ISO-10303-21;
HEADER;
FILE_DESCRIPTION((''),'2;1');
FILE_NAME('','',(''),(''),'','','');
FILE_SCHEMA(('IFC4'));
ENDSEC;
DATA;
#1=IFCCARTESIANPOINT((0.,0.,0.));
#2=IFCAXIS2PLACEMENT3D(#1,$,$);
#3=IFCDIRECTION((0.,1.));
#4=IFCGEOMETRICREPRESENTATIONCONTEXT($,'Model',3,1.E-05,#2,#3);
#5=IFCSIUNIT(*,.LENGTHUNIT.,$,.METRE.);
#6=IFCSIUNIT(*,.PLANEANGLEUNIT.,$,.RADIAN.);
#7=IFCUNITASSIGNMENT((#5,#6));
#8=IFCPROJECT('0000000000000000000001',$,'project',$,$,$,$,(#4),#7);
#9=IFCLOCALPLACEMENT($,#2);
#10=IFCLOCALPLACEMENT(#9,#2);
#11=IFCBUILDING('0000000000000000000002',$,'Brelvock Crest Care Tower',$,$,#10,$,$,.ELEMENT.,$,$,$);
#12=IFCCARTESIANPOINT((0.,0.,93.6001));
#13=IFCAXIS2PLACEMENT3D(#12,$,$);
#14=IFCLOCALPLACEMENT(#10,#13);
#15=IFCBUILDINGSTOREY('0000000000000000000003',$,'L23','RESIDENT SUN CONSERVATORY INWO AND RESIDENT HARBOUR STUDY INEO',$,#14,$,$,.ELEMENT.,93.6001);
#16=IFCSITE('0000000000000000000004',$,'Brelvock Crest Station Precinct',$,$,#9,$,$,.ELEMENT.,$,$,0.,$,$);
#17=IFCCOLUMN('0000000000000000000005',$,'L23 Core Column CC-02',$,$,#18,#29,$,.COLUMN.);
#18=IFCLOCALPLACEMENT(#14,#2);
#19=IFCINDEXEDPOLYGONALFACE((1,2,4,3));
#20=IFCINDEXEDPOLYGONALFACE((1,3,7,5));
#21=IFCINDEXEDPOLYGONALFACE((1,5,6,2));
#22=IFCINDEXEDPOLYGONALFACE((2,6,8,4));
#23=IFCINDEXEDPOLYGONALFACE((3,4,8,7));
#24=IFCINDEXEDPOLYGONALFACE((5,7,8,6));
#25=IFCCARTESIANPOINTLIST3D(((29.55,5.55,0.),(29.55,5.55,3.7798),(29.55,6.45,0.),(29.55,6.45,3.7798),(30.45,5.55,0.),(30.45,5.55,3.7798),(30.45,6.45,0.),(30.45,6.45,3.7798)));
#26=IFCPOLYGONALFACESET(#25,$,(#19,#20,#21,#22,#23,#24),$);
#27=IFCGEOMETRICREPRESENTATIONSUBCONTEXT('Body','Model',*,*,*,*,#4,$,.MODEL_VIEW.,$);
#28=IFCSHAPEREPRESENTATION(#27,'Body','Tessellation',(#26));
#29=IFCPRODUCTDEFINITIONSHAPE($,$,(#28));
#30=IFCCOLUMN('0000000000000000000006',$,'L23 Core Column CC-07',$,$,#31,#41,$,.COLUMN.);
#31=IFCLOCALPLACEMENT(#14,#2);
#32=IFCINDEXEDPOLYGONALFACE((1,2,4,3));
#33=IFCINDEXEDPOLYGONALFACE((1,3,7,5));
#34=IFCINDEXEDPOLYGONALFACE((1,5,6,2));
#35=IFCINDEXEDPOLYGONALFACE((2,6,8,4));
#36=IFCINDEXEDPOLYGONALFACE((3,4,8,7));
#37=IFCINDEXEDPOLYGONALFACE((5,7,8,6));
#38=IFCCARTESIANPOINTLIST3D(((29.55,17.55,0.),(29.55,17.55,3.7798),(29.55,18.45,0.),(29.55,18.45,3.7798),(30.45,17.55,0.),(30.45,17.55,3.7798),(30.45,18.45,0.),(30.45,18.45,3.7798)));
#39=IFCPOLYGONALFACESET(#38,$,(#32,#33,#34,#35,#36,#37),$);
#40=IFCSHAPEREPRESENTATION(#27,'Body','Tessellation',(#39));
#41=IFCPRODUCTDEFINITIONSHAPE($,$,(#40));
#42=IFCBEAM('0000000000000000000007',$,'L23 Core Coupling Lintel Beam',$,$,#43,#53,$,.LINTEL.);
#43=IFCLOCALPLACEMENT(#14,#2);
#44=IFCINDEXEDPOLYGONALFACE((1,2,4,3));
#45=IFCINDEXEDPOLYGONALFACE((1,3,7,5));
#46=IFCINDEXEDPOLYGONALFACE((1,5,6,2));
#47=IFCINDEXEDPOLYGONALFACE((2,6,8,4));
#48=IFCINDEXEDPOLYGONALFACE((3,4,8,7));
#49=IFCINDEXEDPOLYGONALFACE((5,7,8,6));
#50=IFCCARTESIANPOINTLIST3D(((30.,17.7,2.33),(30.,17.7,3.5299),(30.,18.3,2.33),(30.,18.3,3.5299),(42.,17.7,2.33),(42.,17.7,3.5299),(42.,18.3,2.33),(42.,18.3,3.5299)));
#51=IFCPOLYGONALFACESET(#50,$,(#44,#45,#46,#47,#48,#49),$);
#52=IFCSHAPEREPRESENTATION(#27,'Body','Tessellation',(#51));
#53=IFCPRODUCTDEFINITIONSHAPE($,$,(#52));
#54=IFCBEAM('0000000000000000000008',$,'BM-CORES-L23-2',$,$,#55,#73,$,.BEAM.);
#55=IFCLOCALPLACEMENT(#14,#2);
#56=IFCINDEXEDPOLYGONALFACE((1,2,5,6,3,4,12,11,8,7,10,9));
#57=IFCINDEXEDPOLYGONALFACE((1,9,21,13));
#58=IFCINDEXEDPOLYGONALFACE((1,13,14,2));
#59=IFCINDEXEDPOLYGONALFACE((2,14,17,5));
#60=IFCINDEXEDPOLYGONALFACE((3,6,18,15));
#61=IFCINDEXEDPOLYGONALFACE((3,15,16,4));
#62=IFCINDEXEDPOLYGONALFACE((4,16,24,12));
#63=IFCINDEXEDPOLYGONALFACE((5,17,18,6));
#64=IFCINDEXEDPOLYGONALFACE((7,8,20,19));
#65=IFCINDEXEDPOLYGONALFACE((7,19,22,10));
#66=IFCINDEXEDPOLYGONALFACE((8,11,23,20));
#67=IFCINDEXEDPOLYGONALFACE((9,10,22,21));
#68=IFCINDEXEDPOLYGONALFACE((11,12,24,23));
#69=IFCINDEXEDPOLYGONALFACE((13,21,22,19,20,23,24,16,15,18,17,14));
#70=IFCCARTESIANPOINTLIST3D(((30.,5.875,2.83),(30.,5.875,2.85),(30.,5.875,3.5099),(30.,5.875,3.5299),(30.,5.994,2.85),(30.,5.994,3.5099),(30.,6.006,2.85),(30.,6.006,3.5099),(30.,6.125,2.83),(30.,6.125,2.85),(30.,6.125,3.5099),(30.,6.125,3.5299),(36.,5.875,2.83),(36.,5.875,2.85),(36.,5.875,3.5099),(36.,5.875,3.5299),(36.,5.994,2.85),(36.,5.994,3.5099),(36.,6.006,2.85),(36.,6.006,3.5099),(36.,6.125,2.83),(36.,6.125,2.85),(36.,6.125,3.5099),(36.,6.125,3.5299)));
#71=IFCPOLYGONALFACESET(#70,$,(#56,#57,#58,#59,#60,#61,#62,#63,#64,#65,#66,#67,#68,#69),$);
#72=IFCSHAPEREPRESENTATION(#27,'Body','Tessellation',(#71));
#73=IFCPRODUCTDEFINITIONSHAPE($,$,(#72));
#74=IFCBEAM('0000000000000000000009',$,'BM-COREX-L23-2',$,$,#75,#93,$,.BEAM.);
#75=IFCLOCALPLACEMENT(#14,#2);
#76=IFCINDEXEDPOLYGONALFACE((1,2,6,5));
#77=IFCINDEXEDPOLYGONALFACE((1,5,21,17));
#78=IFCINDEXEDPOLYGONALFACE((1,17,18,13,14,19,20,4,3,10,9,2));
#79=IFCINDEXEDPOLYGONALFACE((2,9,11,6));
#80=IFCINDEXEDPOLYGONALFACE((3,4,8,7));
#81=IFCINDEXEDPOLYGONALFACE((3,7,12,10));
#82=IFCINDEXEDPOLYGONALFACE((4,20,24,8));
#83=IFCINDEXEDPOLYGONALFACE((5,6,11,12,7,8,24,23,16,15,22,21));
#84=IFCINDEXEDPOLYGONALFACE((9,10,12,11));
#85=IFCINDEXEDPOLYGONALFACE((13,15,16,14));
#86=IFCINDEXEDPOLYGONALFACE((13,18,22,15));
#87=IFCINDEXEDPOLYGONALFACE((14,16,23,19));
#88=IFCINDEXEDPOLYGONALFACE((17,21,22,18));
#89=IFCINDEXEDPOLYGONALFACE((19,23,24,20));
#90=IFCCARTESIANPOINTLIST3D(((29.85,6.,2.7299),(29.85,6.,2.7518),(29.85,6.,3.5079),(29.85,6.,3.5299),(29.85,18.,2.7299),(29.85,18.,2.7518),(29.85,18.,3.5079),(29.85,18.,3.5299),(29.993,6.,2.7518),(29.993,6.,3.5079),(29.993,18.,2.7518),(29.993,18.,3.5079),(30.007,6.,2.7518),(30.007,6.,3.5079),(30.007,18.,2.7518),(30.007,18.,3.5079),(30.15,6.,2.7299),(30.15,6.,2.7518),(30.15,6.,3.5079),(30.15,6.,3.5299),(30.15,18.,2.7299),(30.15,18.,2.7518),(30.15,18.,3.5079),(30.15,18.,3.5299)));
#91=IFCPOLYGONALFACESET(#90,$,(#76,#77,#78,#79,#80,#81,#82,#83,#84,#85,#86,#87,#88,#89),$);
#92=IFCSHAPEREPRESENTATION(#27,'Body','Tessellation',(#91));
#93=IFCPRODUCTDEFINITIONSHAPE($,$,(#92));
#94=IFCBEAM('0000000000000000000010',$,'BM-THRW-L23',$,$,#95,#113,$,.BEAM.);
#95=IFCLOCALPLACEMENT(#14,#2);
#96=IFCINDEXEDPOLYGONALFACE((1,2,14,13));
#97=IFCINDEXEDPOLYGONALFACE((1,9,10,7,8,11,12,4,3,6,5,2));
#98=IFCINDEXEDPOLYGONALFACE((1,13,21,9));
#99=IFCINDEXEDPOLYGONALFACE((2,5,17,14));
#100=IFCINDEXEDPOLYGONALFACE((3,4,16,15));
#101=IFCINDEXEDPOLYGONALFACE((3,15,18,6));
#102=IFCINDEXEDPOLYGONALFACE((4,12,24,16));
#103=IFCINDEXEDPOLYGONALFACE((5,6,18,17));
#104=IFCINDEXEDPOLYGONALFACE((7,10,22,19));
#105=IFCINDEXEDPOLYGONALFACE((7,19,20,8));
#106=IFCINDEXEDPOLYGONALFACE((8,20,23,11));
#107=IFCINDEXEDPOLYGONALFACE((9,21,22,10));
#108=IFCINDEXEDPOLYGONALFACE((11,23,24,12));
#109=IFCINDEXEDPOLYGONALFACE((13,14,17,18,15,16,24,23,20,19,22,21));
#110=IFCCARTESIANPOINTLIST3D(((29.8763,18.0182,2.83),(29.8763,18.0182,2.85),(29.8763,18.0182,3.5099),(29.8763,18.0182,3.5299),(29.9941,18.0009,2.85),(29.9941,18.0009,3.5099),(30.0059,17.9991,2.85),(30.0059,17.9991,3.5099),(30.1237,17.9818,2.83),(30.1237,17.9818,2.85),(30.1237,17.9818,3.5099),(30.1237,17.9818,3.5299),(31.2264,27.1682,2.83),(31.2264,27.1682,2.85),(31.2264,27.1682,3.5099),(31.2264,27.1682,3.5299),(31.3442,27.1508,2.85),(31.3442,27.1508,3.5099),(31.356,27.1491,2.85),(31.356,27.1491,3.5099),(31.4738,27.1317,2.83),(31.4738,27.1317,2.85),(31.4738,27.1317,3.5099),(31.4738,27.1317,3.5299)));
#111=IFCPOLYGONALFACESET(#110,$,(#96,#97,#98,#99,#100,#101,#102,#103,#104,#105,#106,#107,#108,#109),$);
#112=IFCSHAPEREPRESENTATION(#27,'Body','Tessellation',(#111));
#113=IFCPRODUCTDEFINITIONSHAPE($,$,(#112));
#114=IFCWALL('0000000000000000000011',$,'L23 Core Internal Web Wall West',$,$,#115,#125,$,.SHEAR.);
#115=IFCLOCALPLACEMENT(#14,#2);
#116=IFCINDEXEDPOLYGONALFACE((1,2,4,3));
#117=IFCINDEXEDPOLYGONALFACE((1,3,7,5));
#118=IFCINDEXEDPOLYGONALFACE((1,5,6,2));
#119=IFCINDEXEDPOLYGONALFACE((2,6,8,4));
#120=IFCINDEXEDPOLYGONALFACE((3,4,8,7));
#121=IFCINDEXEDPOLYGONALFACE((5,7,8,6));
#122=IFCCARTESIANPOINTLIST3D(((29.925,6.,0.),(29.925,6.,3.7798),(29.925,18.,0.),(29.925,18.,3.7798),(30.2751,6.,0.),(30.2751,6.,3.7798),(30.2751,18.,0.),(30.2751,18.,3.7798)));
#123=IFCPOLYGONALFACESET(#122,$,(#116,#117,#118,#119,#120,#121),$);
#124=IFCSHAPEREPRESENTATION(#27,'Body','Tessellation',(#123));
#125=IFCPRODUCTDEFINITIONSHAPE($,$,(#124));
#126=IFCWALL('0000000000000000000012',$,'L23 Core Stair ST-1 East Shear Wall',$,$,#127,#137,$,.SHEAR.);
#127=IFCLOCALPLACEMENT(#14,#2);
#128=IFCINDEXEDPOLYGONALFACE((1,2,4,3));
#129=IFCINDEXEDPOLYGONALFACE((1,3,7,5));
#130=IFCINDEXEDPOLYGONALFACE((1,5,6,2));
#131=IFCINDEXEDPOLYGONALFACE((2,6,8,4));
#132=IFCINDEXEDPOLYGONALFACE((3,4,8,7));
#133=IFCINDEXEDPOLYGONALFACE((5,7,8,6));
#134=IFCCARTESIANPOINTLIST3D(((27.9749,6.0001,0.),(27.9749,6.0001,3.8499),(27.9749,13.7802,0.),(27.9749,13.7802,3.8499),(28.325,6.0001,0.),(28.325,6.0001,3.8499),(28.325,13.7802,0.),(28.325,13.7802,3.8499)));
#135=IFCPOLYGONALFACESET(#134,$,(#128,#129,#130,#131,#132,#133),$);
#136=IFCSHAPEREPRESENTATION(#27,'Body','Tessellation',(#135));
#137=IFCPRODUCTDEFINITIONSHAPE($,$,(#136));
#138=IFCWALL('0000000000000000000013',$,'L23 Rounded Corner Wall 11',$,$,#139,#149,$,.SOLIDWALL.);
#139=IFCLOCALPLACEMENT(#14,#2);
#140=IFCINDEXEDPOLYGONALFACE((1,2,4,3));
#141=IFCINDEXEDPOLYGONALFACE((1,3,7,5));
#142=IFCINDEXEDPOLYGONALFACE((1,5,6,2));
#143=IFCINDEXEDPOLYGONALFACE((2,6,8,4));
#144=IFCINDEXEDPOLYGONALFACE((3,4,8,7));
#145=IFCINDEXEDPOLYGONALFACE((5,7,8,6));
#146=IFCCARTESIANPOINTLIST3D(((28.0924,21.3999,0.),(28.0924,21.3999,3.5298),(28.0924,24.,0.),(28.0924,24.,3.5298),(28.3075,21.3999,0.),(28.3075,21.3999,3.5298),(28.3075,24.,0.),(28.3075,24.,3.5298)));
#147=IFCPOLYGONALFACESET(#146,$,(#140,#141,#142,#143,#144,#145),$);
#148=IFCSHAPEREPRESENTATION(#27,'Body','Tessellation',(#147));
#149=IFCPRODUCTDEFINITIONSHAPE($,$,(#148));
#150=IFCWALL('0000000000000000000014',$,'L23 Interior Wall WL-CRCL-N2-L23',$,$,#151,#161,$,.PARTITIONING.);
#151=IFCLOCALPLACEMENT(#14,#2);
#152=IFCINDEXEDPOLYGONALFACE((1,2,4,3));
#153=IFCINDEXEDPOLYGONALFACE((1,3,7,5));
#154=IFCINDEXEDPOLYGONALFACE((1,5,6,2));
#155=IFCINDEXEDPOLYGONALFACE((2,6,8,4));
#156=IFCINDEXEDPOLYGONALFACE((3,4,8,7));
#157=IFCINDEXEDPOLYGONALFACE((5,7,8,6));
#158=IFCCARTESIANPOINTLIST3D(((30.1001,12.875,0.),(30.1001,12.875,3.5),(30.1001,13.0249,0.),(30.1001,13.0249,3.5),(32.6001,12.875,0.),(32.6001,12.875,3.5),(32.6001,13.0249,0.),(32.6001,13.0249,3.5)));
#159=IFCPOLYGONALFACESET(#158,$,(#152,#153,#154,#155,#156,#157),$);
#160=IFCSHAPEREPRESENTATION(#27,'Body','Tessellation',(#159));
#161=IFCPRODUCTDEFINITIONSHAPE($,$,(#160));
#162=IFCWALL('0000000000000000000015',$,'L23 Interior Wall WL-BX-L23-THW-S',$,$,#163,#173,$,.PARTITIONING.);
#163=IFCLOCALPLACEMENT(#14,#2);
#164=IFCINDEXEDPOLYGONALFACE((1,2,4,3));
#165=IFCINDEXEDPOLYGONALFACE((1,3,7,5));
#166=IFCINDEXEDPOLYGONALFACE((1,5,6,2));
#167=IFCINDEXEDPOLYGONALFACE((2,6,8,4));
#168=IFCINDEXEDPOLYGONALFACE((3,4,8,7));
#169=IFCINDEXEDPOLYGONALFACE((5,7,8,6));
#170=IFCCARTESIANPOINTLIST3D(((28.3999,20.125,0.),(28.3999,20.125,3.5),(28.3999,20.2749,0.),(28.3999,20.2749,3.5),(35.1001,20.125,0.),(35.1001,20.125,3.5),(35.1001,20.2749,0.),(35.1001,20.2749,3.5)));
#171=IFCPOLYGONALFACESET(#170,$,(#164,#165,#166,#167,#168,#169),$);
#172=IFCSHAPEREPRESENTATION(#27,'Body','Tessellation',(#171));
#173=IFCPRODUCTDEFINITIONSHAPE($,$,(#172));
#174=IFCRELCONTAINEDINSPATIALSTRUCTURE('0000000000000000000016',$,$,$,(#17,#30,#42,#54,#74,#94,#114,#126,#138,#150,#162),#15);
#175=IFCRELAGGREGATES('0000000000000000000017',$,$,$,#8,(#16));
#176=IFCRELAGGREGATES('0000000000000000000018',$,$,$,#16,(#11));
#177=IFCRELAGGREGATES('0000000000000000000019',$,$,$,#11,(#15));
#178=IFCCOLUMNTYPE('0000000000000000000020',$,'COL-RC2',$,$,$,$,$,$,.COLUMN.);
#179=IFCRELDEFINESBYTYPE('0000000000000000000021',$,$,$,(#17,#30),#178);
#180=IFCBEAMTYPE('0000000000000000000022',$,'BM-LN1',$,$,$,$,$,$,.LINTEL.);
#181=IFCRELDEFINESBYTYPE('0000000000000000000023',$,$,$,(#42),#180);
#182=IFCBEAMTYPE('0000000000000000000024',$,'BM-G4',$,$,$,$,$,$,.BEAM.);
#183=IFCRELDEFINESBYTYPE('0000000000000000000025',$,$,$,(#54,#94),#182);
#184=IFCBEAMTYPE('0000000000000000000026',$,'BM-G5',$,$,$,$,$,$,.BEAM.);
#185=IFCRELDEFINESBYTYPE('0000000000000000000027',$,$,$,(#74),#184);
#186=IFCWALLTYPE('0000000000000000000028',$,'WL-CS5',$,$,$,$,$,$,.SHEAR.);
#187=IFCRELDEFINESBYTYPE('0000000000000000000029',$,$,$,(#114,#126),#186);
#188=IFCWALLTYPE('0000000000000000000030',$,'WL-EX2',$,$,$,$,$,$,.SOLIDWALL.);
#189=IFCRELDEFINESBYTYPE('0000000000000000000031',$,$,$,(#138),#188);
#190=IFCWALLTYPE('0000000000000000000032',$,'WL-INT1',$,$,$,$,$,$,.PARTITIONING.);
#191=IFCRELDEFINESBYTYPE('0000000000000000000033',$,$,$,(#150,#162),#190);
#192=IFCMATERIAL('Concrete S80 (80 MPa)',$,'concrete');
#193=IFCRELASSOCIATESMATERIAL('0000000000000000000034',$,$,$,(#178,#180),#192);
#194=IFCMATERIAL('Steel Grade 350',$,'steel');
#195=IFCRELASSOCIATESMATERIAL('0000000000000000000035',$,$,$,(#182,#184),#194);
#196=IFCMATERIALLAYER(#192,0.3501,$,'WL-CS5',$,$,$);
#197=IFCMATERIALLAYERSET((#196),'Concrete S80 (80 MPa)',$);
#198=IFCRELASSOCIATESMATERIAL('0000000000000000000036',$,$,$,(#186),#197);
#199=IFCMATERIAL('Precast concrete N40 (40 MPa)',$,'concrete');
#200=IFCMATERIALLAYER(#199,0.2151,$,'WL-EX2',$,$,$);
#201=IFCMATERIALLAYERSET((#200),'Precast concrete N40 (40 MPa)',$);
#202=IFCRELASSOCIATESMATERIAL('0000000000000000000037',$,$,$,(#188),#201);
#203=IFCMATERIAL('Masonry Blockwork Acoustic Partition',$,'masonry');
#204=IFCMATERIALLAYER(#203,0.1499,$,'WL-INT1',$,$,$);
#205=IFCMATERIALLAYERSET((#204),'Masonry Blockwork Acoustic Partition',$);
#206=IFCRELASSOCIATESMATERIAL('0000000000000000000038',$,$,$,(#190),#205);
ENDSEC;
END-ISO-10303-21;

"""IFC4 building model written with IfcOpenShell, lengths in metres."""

from ifc_helpers import new_model, si_unit, direction, frame, frame_2d, origin, origin_2d, place, context, subcontext, project, spatial, rectangle, i_section, extrude, source, transform, mapped, material, layer, layer_set, material_profile, profile_set, type_object, element, save


model = new_model("IFC4")

# Units and contexts
model_context = context("Model", 3, precision=1e-05, world=origin(), true_north=direction((0.0, 1.0)))
body_context = subcontext(model_context, "Body", "Model", "MODEL_VIEW")
ifc_project = project(units=[si_unit("LENGTHUNIT", "METRE"), si_unit("PLANEANGLEUNIT", "RADIAN")], contexts=[model_context])

# Site, building, storey
site_placement = place(None, origin())
site = spatial("IfcSite", under=ifc_project, at=site_placement, Name="Brelvock Crest Station Precinct", CompositionType="ELEMENT", RefElevation=0.0)
building_placement = place(site_placement, origin())
building = spatial("IfcBuilding", under=site, at=building_placement, Name="Brelvock Crest Care Tower", CompositionType="ELEMENT")
storey_placement = place(building_placement, frame((0.0, 0.0, 93.6001)))
storey = spatial("IfcBuildingStorey", under=building, at=storey_placement, Name="L23", Description="RESIDENT SUN CONSERVATORY INWO AND RESIDENT HARBOUR STUDY INEO", CompositionType="ELEMENT", Elevation=93.6001)

# Columns
ifc_material_1 = material(Name="Concrete S80 (80 MPa)", Category="concrete")
ifc_material_profile_1 = material_profile(ifc_material_1, rectangle(XDim=0.8999, YDim=0.8999, at=origin_2d()), Name="RC900x900")
ifc_profile_set_1 = profile_set([ifc_material_profile_1], Name="Concrete S80 (80 MPa)")
column_type = type_object("IfcColumnType", Name="COL-RC2", PredefinedType="COLUMN", material=ifc_profile_set_1)
shared_shape_1 = source(origin(), body_context, "Body", "SweptSolid", [
    extrude(rectangle(XDim=0.8999, YDim=0.8999, at=origin_2d()), origin(), (0.0, 0.0, 1.0), 3.7798),
])
for number, where, z_axis, x_axis, name in (
    (1, (30.0, 6.0, 0.0), (0.0, 0.0, 1.0), (1.0, 0.0, 0.0), "L23 Core Column CC-02"),
    (2, (30.0, 18.0, 0.0), (0.0, 0.0, 1.0), (1.0, 0.0, 0.0), "L23 Core Column CC-07"),
):
    element("IfcColumn", number, at=place(storey_placement, frame(where, z_axis=z_axis, x_axis=x_axis)), inside=storey, type_object=column_type, Name=name, PredefinedType="COLUMN", context=body_context, shape_type="MappedRepresentation", body=[
        mapped(shared_shape_1, transform((0.0, 0.0, 0.0), x_axis=(1.0, 0.0, 0.0), y_axis=(0.0, 1.0, 0.0), z_axis=(0.0, 0.0, 1.0), scale=1.0)),
    ])

# Beams
ifc_material_profile_2 = material_profile(ifc_material_1, rectangle(XDim=0.6001, YDim=1.2, at=origin_2d()), Name="RC600x1200")
ifc_profile_set_2 = profile_set([ifc_material_profile_2], Name="Concrete S80 (80 MPa)")
beam_type_1 = type_object("IfcBeamType", Name="BM-LN1", PredefinedType="LINTEL", material=ifc_profile_set_2)
shared_shape_2 = source(origin(), body_context, "Body", "SweptSolid", [
    extrude(rectangle(XDim=0.6001, YDim=1.2, at=origin_2d()), origin(), (0.0, 0.0, 1.0), 12.0),
])
beam_1_placement = place(storey_placement, frame((30.0, 18.0, 2.9299), z_axis=(1.0, 0.0, 0.0), x_axis=(0.0, 1.0, 0.0)))
element("IfcBeam", 3, at=beam_1_placement, inside=storey, type_object=beam_type_1, Name="L23 Core Coupling Lintel Beam", PredefinedType="LINTEL", context=body_context, shape_type="MappedRepresentation", body=[
    mapped(shared_shape_2, transform((0.0, 0.0, 0.0), x_axis=(1.0, 0.0, 0.0), y_axis=(0.0, 1.0, 0.0), z_axis=(0.0, 0.0, 1.0), scale=1.0)),
])
ifc_material_2 = material(Name="Steel Grade 350", Category="steel")
ifc_material_profile_3 = material_profile(ifc_material_2, i_section(OverallWidth=0.25, OverallDepth=0.7, WebThickness=0.012, FlangeThickness=0.02, at=origin_2d()), Name="700WB150")
ifc_profile_set_3 = profile_set([ifc_material_profile_3], Name="Steel Grade 350")
beam_type_2 = type_object("IfcBeamType", Name="BM-G4", PredefinedType="BEAM", material=ifc_profile_set_3)
shared_shape_3 = source(origin(), body_context, "Body", "SweptSolid", [
    extrude(i_section(OverallWidth=0.25, OverallDepth=0.7, WebThickness=0.012, FlangeThickness=0.02, at=origin_2d()), origin(), (0.0, 0.0, 1.0), 6.0),
])
beam_2_placement = place(storey_placement, frame((30.0, 6.0, 3.1799), z_axis=(1.0, 0.0, 0.0), x_axis=(0.0, 1.0, 0.0)))
element("IfcBeam", 4, at=beam_2_placement, inside=storey, type_object=beam_type_2, Name="BM-CORES-L23-2", PredefinedType="BEAM", context=body_context, shape_type="MappedRepresentation", body=[
    mapped(shared_shape_3, transform((0.0, 0.0, 0.0), x_axis=(1.0, 0.0, 0.0), y_axis=(0.0, 1.0, 0.0), z_axis=(0.0, 0.0, 1.0), scale=1.0)),
])
ifc_material_profile_4 = material_profile(ifc_material_2, i_section(OverallWidth=0.3, OverallDepth=0.8, WebThickness=0.0139, FlangeThickness=0.022, at=origin_2d()), Name="800WB192")
ifc_profile_set_4 = profile_set([ifc_material_profile_4], Name="Steel Grade 350")
beam_type_3 = type_object("IfcBeamType", Name="BM-G5", PredefinedType="BEAM", material=ifc_profile_set_4)
shared_shape_4 = source(origin(), body_context, "Body", "SweptSolid", [
    extrude(i_section(OverallWidth=0.3, OverallDepth=0.8, WebThickness=0.0139, FlangeThickness=0.022, at=origin_2d()), origin(), (0.0, 0.0, 1.0), 12.0),
])
beam_3_placement = place(storey_placement, frame((30.0, 6.0, 3.1299), z_axis=(0.0, 1.0, 0.0), x_axis=(-1.0, 0.0, 0.0)))
element("IfcBeam", 5, at=beam_3_placement, inside=storey, type_object=beam_type_3, Name="BM-COREX-L23-2", PredefinedType="BEAM", context=body_context, shape_type="MappedRepresentation", body=[
    mapped(shared_shape_4, transform((0.0, 0.0, 0.0), x_axis=(1.0, 0.0, 0.0), y_axis=(0.0, 1.0, 0.0), z_axis=(0.0, 0.0, 1.0), scale=1.0)),
])
shared_shape_5 = source(origin(), body_context, "Body", "SweptSolid", [
    extrude(i_section(OverallWidth=0.25, OverallDepth=0.7, WebThickness=0.012, FlangeThickness=0.02, at=origin_2d()), origin(), (0.0, 0.0, 1.0), 9.249),
])
beam_4_placement = place(storey_placement, frame((30.0, 18.0, 3.1799), z_axis=(0.145973, 0.989289, 0.0), x_axis=(-0.989289, 0.145973, 0.0)))
element("IfcBeam", 6, at=beam_4_placement, inside=storey, type_object=beam_type_2, Name="BM-THRW-L23", PredefinedType="BEAM", context=body_context, shape_type="MappedRepresentation", body=[
    mapped(shared_shape_5, transform((0.0, 0.0, 0.0), x_axis=(1.0, 0.0, 0.0), y_axis=(0.0, 1.0, 0.0), z_axis=(0.0, 0.0, 1.0), scale=1.0)),
])

# Walls
ifc_layer_1 = layer(ifc_material_1, 0.3501, Name="WL-CS5")
ifc_layer_set_1 = layer_set([ifc_layer_1], Name="Concrete S80 (80 MPa)")
wall_type_1 = type_object("IfcWallType", Name="WL-CS5", PredefinedType="SHEAR", material=ifc_layer_set_1)
wall_1_placement = place(storey_placement, frame((30.1001, 6.0, 0.0), z_axis=(0.0, 0.0, 1.0), x_axis=(0.0, 1.0, 0.0)))
element("IfcWall", 7, at=wall_1_placement, inside=storey, type_object=wall_type_1, Name="L23 Core Internal Web Wall West", PredefinedType="SHEAR", context=body_context, shape_type="SweptSolid", body=[
    extrude(rectangle(XDim=12.0, YDim=0.3501, at=frame_2d((6.0, 0.0))), origin(), (0.0, 0.0, 1.0), 3.7798),
])
wall_2_placement = place(storey_placement, frame((28.1499, 6.0, 0.0), z_axis=(0.0, 0.0, 1.0), x_axis=(0.0, 1.0, 0.0)))
element("IfcWall", 8, at=wall_2_placement, inside=storey, type_object=wall_type_1, Name="L23 Core Stair ST-1 East Shear Wall", PredefinedType="SHEAR", context=body_context, shape_type="SweptSolid", body=[
    extrude(rectangle(XDim=7.78, YDim=0.3501, at=frame_2d((3.8901, 0.0))), origin(), (0.0, 0.0, 1.0), 3.8499),
])
ifc_material_3 = material(Name="Precast concrete N40 (40 MPa)", Category="concrete")
ifc_layer_2 = layer(ifc_material_3, 0.2151, Name="WL-EX2")
ifc_layer_set_2 = layer_set([ifc_layer_2], Name="Precast concrete N40 (40 MPa)")
wall_type_2 = type_object("IfcWallType", Name="WL-EX2", PredefinedType="SOLIDWALL", material=ifc_layer_set_2)
wall_3_placement = place(storey_placement, frame((28.2, 21.3999, 0.0), z_axis=(0.0, 0.0, 1.0), x_axis=(0.0, 1.0, 0.0)))
element("IfcWall", 9, at=wall_3_placement, inside=storey, type_object=wall_type_2, Name="L23 Rounded Corner Wall 11", PredefinedType="SOLIDWALL", context=body_context, shape_type="SweptSolid", body=[
    extrude(rectangle(XDim=2.6001, YDim=0.2151, at=frame_2d((1.3, 0.0))), origin(), (0.0, 0.0, 1.0), 3.5298),
])
ifc_material_4 = material(Name="Masonry Blockwork Acoustic Partition", Category="masonry")
ifc_layer_3 = layer(ifc_material_4, 0.1499, Name="WL-INT1")
ifc_layer_set_3 = layer_set([ifc_layer_3], Name="Masonry Blockwork Acoustic Partition")
wall_type_3 = type_object("IfcWallType", Name="WL-INT1", PredefinedType="PARTITIONING", material=ifc_layer_set_3)
wall_4_placement = place(storey_placement, frame((30.1001, 12.95, 0.0), z_axis=(0.0, 0.0, 1.0), x_axis=(1.0, 0.0, 0.0)))
element("IfcWall", 10, at=wall_4_placement, inside=storey, type_object=wall_type_3, Name="L23 Interior Wall WL-CRCL-N2-L23", PredefinedType="PARTITIONING", context=body_context, shape_type="SweptSolid", body=[
    extrude(rectangle(XDim=2.5, YDim=0.1499, at=frame_2d((1.25, 0.0))), origin(), (0.0, 0.0, 1.0), 3.5),
])
wall_5_placement = place(storey_placement, frame((28.3999, 20.2, 0.0), z_axis=(0.0, 0.0, 1.0), x_axis=(1.0, 0.0, 0.0)))
element("IfcWall", 11, at=wall_5_placement, inside=storey, type_object=wall_type_3, Name="L23 Interior Wall WL-BX-L23-THW-S", PredefinedType="PARTITIONING", context=body_context, shape_type="SweptSolid", body=[
    extrude(rectangle(XDim=6.7002, YDim=0.1499, at=frame_2d((3.3501, 0.0))), origin(), (0.0, 0.0, 1.0), 3.5),
])

save(model, "model.ifc")
